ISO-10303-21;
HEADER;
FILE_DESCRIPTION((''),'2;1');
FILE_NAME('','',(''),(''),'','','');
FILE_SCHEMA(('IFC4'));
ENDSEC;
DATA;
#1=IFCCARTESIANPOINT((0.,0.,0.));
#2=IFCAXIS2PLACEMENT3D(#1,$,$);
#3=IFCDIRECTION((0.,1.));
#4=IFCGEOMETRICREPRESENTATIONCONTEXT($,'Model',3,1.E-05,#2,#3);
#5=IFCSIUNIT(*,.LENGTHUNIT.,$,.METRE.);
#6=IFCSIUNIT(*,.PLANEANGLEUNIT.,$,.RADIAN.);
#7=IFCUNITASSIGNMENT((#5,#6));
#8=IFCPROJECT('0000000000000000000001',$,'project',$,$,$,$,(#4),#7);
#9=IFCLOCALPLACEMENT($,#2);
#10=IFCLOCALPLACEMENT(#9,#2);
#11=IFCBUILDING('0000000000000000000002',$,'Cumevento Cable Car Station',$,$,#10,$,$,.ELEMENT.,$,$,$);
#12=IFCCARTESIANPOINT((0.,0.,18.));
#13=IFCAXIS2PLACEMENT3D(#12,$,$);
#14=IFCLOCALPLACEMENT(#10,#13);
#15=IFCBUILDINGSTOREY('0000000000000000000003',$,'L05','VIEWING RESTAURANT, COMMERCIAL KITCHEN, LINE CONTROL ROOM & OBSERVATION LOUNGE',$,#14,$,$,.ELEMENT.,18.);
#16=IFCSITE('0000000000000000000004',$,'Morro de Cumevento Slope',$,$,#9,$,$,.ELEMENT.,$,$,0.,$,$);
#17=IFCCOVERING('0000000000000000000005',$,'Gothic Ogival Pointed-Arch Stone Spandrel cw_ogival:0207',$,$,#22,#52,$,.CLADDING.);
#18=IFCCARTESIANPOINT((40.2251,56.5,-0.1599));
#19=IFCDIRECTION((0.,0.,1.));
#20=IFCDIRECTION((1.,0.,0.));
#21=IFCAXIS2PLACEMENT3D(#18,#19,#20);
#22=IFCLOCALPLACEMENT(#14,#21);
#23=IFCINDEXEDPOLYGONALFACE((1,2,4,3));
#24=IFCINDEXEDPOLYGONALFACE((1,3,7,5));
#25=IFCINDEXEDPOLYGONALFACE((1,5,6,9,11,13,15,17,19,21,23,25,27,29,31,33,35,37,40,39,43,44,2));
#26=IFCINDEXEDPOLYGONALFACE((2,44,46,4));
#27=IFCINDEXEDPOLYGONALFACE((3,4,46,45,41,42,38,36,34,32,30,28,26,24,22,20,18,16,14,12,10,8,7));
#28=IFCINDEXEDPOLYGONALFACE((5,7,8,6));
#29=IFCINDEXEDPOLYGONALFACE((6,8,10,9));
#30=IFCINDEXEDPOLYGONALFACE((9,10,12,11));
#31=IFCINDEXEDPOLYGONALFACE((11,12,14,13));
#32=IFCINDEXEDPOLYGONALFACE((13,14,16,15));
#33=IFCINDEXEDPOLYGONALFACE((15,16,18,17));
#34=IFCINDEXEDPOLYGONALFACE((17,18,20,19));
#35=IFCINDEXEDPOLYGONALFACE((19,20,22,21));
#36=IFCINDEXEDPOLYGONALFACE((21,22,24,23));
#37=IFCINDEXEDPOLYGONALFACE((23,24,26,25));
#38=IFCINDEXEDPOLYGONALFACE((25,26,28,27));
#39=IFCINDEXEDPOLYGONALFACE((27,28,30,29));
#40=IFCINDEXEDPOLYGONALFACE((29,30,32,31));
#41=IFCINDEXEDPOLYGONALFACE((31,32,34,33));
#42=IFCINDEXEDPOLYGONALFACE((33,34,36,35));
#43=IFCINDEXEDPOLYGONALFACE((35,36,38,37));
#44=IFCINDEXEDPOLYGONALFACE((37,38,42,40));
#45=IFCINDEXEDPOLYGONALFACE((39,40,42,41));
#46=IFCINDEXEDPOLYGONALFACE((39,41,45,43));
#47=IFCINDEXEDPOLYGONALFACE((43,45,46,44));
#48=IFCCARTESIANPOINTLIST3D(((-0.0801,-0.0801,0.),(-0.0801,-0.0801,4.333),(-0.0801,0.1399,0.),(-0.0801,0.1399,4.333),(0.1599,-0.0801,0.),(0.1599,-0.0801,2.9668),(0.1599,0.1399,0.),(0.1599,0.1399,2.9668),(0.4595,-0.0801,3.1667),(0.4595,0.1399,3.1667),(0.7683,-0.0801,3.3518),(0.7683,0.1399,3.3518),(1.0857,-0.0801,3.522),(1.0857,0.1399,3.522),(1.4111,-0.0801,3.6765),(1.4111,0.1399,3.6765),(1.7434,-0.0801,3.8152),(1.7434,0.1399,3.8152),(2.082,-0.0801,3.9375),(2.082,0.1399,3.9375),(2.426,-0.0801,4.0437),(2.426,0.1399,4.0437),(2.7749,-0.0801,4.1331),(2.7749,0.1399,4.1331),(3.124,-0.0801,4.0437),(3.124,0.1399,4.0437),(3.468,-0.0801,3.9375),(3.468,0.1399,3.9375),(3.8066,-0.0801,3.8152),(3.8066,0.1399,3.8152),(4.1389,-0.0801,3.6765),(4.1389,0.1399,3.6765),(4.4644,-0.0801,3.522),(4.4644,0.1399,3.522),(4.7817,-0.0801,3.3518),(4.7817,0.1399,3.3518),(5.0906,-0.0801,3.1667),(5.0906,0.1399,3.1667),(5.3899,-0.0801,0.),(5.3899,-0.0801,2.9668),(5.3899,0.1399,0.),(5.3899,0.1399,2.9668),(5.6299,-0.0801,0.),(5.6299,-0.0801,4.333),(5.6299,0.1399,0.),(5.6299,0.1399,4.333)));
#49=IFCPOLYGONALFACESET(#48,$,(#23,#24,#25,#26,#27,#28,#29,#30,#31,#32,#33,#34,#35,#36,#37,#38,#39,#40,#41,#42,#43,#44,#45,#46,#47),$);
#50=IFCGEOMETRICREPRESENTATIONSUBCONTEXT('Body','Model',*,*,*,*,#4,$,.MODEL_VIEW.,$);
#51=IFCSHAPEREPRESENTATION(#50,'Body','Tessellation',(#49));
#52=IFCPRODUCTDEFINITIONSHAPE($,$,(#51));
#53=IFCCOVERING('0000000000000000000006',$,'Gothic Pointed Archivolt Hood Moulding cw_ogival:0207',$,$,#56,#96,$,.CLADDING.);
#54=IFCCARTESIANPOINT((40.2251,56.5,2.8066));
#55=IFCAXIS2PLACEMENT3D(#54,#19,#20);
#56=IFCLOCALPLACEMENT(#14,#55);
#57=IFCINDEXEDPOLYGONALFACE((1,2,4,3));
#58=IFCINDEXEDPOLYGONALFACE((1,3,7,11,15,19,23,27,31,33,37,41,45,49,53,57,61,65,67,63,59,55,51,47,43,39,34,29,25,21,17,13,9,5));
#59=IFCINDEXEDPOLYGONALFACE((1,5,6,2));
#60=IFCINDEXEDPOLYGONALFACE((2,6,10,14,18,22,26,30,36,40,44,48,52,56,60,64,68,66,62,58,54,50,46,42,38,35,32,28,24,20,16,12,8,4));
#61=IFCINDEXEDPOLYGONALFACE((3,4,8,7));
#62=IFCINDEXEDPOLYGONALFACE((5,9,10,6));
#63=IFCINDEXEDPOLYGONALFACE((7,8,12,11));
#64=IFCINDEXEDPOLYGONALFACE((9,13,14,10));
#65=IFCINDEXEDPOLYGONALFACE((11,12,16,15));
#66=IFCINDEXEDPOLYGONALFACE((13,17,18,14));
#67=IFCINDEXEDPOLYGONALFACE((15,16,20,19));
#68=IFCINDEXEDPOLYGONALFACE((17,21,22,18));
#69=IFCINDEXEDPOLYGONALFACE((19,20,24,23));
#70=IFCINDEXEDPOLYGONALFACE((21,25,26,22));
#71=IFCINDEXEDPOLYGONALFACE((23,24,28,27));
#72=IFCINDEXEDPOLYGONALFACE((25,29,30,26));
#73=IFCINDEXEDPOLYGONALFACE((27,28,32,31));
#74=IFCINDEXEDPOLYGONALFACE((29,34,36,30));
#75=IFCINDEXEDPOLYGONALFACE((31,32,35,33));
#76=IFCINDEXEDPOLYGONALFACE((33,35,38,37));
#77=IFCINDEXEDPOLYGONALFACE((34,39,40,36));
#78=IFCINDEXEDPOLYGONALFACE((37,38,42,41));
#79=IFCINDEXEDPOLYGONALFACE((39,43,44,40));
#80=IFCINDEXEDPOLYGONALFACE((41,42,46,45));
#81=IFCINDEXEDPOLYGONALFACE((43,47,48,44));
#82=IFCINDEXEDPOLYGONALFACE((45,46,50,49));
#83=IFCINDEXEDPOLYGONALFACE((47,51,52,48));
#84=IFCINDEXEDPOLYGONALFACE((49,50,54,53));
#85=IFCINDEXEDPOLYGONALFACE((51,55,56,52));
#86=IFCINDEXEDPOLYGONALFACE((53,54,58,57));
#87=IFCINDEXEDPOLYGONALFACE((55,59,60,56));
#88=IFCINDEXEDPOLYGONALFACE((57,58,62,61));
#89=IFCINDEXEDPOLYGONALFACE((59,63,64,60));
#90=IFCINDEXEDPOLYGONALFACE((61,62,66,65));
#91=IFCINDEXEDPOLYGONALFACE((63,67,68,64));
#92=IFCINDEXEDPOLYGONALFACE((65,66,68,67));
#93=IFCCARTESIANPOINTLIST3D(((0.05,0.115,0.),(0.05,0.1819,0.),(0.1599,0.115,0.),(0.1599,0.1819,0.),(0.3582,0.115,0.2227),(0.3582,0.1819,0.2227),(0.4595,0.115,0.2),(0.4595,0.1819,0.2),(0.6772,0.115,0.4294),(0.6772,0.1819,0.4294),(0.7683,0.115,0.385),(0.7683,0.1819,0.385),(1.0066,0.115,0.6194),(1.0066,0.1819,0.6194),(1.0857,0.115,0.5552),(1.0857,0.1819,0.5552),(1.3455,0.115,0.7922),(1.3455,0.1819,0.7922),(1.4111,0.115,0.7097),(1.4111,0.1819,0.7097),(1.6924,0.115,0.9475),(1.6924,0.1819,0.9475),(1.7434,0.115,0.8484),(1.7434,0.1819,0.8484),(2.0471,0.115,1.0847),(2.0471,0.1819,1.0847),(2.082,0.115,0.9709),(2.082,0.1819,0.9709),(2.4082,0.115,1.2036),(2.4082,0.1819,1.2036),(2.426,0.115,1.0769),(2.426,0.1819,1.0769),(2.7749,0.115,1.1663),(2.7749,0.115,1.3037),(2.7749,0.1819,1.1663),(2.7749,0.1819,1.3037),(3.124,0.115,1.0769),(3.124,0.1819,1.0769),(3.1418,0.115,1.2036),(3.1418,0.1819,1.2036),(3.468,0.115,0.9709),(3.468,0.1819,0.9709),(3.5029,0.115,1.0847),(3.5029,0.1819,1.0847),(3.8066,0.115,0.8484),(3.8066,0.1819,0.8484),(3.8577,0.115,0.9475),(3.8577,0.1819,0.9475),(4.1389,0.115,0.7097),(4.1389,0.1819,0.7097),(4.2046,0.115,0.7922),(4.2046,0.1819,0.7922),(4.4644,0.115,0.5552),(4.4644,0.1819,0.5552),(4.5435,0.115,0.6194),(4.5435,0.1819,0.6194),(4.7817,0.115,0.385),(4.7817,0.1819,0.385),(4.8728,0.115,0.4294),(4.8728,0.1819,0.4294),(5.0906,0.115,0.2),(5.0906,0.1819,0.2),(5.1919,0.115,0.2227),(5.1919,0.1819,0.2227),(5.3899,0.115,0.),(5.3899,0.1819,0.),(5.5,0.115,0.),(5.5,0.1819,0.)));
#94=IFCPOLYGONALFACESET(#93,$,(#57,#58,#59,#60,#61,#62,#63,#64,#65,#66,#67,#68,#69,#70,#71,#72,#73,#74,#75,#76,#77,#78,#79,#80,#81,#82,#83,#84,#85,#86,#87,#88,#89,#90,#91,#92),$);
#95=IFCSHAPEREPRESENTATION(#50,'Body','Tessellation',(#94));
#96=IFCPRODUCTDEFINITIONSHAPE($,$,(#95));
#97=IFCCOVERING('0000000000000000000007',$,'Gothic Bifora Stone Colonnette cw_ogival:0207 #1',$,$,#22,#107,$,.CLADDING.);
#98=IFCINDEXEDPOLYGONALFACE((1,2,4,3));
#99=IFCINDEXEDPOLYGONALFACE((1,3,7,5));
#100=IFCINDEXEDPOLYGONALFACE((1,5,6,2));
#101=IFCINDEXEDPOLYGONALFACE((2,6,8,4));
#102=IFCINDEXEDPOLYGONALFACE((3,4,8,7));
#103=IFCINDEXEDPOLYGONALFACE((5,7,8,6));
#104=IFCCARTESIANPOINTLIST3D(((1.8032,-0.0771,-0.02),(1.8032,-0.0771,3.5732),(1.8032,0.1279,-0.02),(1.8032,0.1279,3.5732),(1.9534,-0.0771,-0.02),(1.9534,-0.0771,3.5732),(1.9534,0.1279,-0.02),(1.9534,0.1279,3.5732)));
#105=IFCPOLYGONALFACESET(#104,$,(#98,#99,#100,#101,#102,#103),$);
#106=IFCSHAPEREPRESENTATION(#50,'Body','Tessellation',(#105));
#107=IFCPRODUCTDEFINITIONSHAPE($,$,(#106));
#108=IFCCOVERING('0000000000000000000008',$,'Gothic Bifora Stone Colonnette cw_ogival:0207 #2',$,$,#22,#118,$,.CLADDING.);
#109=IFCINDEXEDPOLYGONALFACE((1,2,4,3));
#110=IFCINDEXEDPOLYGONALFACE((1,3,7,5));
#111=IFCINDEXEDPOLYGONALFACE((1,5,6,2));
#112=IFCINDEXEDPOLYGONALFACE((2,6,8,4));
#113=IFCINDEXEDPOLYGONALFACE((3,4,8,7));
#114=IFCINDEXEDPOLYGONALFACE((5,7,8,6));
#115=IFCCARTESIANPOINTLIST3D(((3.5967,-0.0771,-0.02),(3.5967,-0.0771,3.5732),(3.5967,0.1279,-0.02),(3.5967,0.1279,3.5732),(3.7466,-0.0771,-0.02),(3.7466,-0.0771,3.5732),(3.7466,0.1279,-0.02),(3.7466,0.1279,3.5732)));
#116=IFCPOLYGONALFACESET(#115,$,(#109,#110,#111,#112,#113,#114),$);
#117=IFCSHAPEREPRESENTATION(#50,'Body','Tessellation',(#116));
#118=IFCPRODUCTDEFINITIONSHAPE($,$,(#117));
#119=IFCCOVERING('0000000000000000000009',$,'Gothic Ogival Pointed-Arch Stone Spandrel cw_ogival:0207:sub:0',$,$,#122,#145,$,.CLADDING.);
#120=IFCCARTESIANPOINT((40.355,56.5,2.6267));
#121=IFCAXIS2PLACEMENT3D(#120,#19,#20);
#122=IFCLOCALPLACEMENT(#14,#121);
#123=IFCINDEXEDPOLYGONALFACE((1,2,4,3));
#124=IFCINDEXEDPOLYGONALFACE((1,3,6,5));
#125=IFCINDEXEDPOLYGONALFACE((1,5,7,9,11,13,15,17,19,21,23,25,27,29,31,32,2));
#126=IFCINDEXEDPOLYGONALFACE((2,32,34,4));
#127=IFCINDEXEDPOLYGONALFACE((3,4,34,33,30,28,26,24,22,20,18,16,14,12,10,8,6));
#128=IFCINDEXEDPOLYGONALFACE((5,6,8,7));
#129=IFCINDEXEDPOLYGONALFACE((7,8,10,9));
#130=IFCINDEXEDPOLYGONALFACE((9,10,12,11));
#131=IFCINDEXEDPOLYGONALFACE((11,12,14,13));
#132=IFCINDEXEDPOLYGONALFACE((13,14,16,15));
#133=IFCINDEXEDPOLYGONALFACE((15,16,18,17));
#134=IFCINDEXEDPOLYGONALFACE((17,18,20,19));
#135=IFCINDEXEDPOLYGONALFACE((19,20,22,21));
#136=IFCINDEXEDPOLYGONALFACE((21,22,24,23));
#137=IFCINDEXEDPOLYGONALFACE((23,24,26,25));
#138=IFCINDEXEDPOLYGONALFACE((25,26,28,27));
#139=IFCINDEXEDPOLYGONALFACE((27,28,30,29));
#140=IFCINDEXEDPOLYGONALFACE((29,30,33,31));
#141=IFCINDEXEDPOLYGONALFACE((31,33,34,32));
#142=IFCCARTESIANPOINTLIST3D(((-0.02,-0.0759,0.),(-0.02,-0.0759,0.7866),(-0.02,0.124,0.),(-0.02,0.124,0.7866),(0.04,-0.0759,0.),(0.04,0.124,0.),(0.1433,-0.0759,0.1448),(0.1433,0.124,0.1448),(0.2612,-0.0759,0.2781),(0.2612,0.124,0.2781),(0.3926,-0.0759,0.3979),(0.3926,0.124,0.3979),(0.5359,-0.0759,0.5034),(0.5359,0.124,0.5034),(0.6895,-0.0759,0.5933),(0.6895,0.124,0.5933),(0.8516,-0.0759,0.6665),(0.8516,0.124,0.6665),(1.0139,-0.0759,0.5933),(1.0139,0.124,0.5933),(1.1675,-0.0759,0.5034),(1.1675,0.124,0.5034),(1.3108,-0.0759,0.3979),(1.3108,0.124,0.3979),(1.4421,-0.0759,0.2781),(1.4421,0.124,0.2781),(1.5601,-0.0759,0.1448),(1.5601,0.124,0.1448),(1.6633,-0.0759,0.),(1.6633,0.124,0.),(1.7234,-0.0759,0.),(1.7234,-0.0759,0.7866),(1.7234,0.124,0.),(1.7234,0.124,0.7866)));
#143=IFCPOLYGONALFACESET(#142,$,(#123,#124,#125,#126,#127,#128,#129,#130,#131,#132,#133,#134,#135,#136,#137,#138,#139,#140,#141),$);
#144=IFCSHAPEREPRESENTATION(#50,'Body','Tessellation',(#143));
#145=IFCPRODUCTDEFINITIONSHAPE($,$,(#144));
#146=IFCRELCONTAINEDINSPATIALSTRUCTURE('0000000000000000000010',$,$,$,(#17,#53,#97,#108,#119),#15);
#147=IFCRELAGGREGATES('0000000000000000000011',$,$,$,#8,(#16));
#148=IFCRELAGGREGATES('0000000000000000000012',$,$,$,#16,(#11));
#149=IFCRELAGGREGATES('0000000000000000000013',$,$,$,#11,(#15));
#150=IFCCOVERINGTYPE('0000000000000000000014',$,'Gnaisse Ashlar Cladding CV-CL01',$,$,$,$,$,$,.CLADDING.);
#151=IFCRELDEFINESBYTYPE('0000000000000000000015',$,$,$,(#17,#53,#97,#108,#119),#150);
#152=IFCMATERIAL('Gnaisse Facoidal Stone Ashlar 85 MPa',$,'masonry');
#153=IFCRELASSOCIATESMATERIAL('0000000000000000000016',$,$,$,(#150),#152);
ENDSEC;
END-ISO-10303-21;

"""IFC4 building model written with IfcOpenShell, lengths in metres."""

from ifc_helpers import new_model, si_unit, direction, frame, origin, place, context, subcontext, project, spatial, polyline, outline, extrude, material, type_object, element, save


model = new_model("IFC4")

# Units and contexts
model_context = context("Model", 3, precision=1e-05, world=origin(), true_north=direction((0.0, 1.0)))
body_context = subcontext(model_context, "Body", "Model", "MODEL_VIEW")
ifc_project = project(units=[si_unit("LENGTHUNIT", "METRE"), si_unit("PLANEANGLEUNIT", "RADIAN")], contexts=[model_context])

# Site, building, storey
site_placement = place(None, origin())
site = spatial("IfcSite", under=ifc_project, at=site_placement, Name="Morro de Cumevento Slope", CompositionType="ELEMENT", RefElevation=0.0)
building_placement = place(site_placement, origin())
building = spatial("IfcBuilding", under=site, at=building_placement, Name="Cumevento Cable Car Station", CompositionType="ELEMENT")
storey_placement = place(building_placement, frame((0.0, 0.0, 18.0)))
storey = spatial("IfcBuildingStorey", under=building, at=storey_placement, Name="L05", Description="VIEWING RESTAURANT, COMMERCIAL KITCHEN, LINE CONTROL ROOM & OBSERVATION LOUNGE", CompositionType="ELEMENT", Elevation=18.0)

# Coverings
ifc_material_1 = material(Name="Gnaisse Facoidal Stone Ashlar 85 MPa", Category="masonry")
covering_type = type_object("IfcCoveringType", Name="Gnaisse Ashlar Cladding CV-CL01", PredefinedType="CLADDING", material=ifc_material_1)
placement = place(storey_placement, frame((40.2251, 56.5, -0.1599), z_axis=(0.0, 0.0, 1.0), x_axis=(1.0, 0.0, 0.0)))
element("IfcCovering", 1, at=placement, inside=storey, type_object=covering_type, Name="Gothic Ogival Pointed-Arch Stone Spandrel cw_ogival:0207", PredefinedType="CLADDING", context=body_context, shape_type="SweptSolid", body=[
    extrude(outline(polyline([(-0.0801, 0.0), (-0.0801, 4.333), (5.6299, 4.333), (5.6299, 0.0), (5.3899, 0.0), (5.3899, 2.9668), (5.0906, 3.1667), (4.7817, 3.3518), (4.4644, 3.522), (4.1389, 3.6765), (3.8066, 3.8152), (3.468, 3.9375), (3.124, 4.0437), (2.7749, 4.1331), (2.426, 4.0437), (2.082, 3.9375), (1.7434, 3.8152), (1.4111, 3.6765), (1.0857, 3.522), (0.7683, 3.3518), (0.4595, 3.1667), (0.1599, 2.9668), (0.1599, 0.0), (-0.0801, 0.0)])), frame((0.0, 0.1399, 0.0), z_axis=(0.0, -1.0, 0.0), x_axis=(1.0, 0.0, 0.0)), (0.0, 0.0, 1.0), 0.22),
])
covering_1_placement = place(storey_placement, frame((40.2251, 56.5, 2.8066), z_axis=(0.0, 0.0, 1.0), x_axis=(1.0, 0.0, 0.0)))
element("IfcCovering", 2, at=covering_1_placement, inside=storey, type_object=covering_type, Name="Gothic Pointed Archivolt Hood Moulding cw_ogival:0207", PredefinedType="CLADDING", context=body_context, shape_type="SweptSolid", body=[
    extrude(outline(polyline([(0.1599, 0.0), (0.4595, 0.2), (0.7683, 0.385), (1.0857, 0.5552), (1.4111, 0.7097), (1.7434, 0.8484), (2.082, 0.9709), (2.426, 1.0769), (2.7749, 1.1663), (3.124, 1.0769), (3.468, 0.9709), (3.8066, 0.8484), (4.1389, 0.7097), (4.4644, 0.5552), (4.7817, 0.385), (5.0906, 0.2), (5.3899, 0.0), (5.5, 0.0), (5.1919, 0.2227), (4.8728, 0.4294), (4.5435, 0.6194), (4.2046, 0.7922), (3.8577, 0.9475), (3.5029, 1.0847), (3.1418, 1.2036), (2.7749, 1.3037), (2.4082, 1.2036), (2.0471, 1.0847), (1.6924, 0.9475), (1.3455, 0.7922), (1.0066, 0.6194), (0.6772, 0.4294), (0.3582, 0.2227), (0.05, 0.0), (0.1599, 0.0)])), frame((0.0, 0.1819, 0.0), z_axis=(0.0, -1.0, 0.0), x_axis=(1.0, 0.0, 0.0)), (0.0, 0.0, 1.0), 0.0669),
])
element("IfcCovering", 3, at=placement, inside=storey, type_object=covering_type, Name="Gothic Bifora Stone Colonnette cw_ogival:0207 #1", PredefinedType="CLADDING", context=body_context, shape_type="SweptSolid", body=[
    extrude(outline(polyline([(1.8032, -0.02), (1.9534, -0.02), (1.9534, 3.5732), (1.8032, 3.5732), (1.8032, -0.02)])), frame((0.0, 0.1279, 0.0), z_axis=(0.0, -1.0, 0.0), x_axis=(1.0, 0.0, 0.0)), (0.0, 0.0, 1.0), 0.2051),
])
element("IfcCovering", 4, at=placement, inside=storey, type_object=covering_type, Name="Gothic Bifora Stone Colonnette cw_ogival:0207 #2", PredefinedType="CLADDING", context=body_context, shape_type="SweptSolid", body=[
    extrude(outline(polyline([(3.5967, -0.02), (3.7466, -0.02), (3.7466, 3.5732), (3.5967, 3.5732), (3.5967, -0.02)])), frame((0.0, 0.1279, 0.0), z_axis=(0.0, -1.0, 0.0), x_axis=(1.0, 0.0, 0.0)), (0.0, 0.0, 1.0), 0.2051),
])
covering_2_placement = place(storey_placement, frame((40.355, 56.5, 2.6267), z_axis=(0.0, 0.0, 1.0), x_axis=(1.0, 0.0, 0.0)))
element("IfcCovering", 5, at=covering_2_placement, inside=storey, type_object=covering_type, Name="Gothic Ogival Pointed-Arch Stone Spandrel cw_ogival:0207:sub:0", PredefinedType="CLADDING", context=body_context, shape_type="SweptSolid", body=[
    extrude(outline(polyline([(-0.02, 0.0), (-0.02, 0.7866), (1.7234, 0.7866), (1.7234, 0.0), (1.6633, 0.0), (1.5601, 0.1448), (1.4421, 0.2781), (1.3108, 0.3979), (1.1675, 0.5034), (1.0139, 0.5933), (0.8516, 0.6665), (0.6895, 0.5933), (0.5359, 0.5034), (0.3926, 0.3979), (0.2612, 0.2781), (0.1433, 0.1448), (0.04, 0.0), (-0.02, 0.0)])), frame((0.0, 0.124, 0.0), z_axis=(0.0, -1.0, 0.0), x_axis=(1.0, 0.0, 0.0)), (0.0, 0.0, 1.0), 0.2),
])

save(model, "model.ifc")
